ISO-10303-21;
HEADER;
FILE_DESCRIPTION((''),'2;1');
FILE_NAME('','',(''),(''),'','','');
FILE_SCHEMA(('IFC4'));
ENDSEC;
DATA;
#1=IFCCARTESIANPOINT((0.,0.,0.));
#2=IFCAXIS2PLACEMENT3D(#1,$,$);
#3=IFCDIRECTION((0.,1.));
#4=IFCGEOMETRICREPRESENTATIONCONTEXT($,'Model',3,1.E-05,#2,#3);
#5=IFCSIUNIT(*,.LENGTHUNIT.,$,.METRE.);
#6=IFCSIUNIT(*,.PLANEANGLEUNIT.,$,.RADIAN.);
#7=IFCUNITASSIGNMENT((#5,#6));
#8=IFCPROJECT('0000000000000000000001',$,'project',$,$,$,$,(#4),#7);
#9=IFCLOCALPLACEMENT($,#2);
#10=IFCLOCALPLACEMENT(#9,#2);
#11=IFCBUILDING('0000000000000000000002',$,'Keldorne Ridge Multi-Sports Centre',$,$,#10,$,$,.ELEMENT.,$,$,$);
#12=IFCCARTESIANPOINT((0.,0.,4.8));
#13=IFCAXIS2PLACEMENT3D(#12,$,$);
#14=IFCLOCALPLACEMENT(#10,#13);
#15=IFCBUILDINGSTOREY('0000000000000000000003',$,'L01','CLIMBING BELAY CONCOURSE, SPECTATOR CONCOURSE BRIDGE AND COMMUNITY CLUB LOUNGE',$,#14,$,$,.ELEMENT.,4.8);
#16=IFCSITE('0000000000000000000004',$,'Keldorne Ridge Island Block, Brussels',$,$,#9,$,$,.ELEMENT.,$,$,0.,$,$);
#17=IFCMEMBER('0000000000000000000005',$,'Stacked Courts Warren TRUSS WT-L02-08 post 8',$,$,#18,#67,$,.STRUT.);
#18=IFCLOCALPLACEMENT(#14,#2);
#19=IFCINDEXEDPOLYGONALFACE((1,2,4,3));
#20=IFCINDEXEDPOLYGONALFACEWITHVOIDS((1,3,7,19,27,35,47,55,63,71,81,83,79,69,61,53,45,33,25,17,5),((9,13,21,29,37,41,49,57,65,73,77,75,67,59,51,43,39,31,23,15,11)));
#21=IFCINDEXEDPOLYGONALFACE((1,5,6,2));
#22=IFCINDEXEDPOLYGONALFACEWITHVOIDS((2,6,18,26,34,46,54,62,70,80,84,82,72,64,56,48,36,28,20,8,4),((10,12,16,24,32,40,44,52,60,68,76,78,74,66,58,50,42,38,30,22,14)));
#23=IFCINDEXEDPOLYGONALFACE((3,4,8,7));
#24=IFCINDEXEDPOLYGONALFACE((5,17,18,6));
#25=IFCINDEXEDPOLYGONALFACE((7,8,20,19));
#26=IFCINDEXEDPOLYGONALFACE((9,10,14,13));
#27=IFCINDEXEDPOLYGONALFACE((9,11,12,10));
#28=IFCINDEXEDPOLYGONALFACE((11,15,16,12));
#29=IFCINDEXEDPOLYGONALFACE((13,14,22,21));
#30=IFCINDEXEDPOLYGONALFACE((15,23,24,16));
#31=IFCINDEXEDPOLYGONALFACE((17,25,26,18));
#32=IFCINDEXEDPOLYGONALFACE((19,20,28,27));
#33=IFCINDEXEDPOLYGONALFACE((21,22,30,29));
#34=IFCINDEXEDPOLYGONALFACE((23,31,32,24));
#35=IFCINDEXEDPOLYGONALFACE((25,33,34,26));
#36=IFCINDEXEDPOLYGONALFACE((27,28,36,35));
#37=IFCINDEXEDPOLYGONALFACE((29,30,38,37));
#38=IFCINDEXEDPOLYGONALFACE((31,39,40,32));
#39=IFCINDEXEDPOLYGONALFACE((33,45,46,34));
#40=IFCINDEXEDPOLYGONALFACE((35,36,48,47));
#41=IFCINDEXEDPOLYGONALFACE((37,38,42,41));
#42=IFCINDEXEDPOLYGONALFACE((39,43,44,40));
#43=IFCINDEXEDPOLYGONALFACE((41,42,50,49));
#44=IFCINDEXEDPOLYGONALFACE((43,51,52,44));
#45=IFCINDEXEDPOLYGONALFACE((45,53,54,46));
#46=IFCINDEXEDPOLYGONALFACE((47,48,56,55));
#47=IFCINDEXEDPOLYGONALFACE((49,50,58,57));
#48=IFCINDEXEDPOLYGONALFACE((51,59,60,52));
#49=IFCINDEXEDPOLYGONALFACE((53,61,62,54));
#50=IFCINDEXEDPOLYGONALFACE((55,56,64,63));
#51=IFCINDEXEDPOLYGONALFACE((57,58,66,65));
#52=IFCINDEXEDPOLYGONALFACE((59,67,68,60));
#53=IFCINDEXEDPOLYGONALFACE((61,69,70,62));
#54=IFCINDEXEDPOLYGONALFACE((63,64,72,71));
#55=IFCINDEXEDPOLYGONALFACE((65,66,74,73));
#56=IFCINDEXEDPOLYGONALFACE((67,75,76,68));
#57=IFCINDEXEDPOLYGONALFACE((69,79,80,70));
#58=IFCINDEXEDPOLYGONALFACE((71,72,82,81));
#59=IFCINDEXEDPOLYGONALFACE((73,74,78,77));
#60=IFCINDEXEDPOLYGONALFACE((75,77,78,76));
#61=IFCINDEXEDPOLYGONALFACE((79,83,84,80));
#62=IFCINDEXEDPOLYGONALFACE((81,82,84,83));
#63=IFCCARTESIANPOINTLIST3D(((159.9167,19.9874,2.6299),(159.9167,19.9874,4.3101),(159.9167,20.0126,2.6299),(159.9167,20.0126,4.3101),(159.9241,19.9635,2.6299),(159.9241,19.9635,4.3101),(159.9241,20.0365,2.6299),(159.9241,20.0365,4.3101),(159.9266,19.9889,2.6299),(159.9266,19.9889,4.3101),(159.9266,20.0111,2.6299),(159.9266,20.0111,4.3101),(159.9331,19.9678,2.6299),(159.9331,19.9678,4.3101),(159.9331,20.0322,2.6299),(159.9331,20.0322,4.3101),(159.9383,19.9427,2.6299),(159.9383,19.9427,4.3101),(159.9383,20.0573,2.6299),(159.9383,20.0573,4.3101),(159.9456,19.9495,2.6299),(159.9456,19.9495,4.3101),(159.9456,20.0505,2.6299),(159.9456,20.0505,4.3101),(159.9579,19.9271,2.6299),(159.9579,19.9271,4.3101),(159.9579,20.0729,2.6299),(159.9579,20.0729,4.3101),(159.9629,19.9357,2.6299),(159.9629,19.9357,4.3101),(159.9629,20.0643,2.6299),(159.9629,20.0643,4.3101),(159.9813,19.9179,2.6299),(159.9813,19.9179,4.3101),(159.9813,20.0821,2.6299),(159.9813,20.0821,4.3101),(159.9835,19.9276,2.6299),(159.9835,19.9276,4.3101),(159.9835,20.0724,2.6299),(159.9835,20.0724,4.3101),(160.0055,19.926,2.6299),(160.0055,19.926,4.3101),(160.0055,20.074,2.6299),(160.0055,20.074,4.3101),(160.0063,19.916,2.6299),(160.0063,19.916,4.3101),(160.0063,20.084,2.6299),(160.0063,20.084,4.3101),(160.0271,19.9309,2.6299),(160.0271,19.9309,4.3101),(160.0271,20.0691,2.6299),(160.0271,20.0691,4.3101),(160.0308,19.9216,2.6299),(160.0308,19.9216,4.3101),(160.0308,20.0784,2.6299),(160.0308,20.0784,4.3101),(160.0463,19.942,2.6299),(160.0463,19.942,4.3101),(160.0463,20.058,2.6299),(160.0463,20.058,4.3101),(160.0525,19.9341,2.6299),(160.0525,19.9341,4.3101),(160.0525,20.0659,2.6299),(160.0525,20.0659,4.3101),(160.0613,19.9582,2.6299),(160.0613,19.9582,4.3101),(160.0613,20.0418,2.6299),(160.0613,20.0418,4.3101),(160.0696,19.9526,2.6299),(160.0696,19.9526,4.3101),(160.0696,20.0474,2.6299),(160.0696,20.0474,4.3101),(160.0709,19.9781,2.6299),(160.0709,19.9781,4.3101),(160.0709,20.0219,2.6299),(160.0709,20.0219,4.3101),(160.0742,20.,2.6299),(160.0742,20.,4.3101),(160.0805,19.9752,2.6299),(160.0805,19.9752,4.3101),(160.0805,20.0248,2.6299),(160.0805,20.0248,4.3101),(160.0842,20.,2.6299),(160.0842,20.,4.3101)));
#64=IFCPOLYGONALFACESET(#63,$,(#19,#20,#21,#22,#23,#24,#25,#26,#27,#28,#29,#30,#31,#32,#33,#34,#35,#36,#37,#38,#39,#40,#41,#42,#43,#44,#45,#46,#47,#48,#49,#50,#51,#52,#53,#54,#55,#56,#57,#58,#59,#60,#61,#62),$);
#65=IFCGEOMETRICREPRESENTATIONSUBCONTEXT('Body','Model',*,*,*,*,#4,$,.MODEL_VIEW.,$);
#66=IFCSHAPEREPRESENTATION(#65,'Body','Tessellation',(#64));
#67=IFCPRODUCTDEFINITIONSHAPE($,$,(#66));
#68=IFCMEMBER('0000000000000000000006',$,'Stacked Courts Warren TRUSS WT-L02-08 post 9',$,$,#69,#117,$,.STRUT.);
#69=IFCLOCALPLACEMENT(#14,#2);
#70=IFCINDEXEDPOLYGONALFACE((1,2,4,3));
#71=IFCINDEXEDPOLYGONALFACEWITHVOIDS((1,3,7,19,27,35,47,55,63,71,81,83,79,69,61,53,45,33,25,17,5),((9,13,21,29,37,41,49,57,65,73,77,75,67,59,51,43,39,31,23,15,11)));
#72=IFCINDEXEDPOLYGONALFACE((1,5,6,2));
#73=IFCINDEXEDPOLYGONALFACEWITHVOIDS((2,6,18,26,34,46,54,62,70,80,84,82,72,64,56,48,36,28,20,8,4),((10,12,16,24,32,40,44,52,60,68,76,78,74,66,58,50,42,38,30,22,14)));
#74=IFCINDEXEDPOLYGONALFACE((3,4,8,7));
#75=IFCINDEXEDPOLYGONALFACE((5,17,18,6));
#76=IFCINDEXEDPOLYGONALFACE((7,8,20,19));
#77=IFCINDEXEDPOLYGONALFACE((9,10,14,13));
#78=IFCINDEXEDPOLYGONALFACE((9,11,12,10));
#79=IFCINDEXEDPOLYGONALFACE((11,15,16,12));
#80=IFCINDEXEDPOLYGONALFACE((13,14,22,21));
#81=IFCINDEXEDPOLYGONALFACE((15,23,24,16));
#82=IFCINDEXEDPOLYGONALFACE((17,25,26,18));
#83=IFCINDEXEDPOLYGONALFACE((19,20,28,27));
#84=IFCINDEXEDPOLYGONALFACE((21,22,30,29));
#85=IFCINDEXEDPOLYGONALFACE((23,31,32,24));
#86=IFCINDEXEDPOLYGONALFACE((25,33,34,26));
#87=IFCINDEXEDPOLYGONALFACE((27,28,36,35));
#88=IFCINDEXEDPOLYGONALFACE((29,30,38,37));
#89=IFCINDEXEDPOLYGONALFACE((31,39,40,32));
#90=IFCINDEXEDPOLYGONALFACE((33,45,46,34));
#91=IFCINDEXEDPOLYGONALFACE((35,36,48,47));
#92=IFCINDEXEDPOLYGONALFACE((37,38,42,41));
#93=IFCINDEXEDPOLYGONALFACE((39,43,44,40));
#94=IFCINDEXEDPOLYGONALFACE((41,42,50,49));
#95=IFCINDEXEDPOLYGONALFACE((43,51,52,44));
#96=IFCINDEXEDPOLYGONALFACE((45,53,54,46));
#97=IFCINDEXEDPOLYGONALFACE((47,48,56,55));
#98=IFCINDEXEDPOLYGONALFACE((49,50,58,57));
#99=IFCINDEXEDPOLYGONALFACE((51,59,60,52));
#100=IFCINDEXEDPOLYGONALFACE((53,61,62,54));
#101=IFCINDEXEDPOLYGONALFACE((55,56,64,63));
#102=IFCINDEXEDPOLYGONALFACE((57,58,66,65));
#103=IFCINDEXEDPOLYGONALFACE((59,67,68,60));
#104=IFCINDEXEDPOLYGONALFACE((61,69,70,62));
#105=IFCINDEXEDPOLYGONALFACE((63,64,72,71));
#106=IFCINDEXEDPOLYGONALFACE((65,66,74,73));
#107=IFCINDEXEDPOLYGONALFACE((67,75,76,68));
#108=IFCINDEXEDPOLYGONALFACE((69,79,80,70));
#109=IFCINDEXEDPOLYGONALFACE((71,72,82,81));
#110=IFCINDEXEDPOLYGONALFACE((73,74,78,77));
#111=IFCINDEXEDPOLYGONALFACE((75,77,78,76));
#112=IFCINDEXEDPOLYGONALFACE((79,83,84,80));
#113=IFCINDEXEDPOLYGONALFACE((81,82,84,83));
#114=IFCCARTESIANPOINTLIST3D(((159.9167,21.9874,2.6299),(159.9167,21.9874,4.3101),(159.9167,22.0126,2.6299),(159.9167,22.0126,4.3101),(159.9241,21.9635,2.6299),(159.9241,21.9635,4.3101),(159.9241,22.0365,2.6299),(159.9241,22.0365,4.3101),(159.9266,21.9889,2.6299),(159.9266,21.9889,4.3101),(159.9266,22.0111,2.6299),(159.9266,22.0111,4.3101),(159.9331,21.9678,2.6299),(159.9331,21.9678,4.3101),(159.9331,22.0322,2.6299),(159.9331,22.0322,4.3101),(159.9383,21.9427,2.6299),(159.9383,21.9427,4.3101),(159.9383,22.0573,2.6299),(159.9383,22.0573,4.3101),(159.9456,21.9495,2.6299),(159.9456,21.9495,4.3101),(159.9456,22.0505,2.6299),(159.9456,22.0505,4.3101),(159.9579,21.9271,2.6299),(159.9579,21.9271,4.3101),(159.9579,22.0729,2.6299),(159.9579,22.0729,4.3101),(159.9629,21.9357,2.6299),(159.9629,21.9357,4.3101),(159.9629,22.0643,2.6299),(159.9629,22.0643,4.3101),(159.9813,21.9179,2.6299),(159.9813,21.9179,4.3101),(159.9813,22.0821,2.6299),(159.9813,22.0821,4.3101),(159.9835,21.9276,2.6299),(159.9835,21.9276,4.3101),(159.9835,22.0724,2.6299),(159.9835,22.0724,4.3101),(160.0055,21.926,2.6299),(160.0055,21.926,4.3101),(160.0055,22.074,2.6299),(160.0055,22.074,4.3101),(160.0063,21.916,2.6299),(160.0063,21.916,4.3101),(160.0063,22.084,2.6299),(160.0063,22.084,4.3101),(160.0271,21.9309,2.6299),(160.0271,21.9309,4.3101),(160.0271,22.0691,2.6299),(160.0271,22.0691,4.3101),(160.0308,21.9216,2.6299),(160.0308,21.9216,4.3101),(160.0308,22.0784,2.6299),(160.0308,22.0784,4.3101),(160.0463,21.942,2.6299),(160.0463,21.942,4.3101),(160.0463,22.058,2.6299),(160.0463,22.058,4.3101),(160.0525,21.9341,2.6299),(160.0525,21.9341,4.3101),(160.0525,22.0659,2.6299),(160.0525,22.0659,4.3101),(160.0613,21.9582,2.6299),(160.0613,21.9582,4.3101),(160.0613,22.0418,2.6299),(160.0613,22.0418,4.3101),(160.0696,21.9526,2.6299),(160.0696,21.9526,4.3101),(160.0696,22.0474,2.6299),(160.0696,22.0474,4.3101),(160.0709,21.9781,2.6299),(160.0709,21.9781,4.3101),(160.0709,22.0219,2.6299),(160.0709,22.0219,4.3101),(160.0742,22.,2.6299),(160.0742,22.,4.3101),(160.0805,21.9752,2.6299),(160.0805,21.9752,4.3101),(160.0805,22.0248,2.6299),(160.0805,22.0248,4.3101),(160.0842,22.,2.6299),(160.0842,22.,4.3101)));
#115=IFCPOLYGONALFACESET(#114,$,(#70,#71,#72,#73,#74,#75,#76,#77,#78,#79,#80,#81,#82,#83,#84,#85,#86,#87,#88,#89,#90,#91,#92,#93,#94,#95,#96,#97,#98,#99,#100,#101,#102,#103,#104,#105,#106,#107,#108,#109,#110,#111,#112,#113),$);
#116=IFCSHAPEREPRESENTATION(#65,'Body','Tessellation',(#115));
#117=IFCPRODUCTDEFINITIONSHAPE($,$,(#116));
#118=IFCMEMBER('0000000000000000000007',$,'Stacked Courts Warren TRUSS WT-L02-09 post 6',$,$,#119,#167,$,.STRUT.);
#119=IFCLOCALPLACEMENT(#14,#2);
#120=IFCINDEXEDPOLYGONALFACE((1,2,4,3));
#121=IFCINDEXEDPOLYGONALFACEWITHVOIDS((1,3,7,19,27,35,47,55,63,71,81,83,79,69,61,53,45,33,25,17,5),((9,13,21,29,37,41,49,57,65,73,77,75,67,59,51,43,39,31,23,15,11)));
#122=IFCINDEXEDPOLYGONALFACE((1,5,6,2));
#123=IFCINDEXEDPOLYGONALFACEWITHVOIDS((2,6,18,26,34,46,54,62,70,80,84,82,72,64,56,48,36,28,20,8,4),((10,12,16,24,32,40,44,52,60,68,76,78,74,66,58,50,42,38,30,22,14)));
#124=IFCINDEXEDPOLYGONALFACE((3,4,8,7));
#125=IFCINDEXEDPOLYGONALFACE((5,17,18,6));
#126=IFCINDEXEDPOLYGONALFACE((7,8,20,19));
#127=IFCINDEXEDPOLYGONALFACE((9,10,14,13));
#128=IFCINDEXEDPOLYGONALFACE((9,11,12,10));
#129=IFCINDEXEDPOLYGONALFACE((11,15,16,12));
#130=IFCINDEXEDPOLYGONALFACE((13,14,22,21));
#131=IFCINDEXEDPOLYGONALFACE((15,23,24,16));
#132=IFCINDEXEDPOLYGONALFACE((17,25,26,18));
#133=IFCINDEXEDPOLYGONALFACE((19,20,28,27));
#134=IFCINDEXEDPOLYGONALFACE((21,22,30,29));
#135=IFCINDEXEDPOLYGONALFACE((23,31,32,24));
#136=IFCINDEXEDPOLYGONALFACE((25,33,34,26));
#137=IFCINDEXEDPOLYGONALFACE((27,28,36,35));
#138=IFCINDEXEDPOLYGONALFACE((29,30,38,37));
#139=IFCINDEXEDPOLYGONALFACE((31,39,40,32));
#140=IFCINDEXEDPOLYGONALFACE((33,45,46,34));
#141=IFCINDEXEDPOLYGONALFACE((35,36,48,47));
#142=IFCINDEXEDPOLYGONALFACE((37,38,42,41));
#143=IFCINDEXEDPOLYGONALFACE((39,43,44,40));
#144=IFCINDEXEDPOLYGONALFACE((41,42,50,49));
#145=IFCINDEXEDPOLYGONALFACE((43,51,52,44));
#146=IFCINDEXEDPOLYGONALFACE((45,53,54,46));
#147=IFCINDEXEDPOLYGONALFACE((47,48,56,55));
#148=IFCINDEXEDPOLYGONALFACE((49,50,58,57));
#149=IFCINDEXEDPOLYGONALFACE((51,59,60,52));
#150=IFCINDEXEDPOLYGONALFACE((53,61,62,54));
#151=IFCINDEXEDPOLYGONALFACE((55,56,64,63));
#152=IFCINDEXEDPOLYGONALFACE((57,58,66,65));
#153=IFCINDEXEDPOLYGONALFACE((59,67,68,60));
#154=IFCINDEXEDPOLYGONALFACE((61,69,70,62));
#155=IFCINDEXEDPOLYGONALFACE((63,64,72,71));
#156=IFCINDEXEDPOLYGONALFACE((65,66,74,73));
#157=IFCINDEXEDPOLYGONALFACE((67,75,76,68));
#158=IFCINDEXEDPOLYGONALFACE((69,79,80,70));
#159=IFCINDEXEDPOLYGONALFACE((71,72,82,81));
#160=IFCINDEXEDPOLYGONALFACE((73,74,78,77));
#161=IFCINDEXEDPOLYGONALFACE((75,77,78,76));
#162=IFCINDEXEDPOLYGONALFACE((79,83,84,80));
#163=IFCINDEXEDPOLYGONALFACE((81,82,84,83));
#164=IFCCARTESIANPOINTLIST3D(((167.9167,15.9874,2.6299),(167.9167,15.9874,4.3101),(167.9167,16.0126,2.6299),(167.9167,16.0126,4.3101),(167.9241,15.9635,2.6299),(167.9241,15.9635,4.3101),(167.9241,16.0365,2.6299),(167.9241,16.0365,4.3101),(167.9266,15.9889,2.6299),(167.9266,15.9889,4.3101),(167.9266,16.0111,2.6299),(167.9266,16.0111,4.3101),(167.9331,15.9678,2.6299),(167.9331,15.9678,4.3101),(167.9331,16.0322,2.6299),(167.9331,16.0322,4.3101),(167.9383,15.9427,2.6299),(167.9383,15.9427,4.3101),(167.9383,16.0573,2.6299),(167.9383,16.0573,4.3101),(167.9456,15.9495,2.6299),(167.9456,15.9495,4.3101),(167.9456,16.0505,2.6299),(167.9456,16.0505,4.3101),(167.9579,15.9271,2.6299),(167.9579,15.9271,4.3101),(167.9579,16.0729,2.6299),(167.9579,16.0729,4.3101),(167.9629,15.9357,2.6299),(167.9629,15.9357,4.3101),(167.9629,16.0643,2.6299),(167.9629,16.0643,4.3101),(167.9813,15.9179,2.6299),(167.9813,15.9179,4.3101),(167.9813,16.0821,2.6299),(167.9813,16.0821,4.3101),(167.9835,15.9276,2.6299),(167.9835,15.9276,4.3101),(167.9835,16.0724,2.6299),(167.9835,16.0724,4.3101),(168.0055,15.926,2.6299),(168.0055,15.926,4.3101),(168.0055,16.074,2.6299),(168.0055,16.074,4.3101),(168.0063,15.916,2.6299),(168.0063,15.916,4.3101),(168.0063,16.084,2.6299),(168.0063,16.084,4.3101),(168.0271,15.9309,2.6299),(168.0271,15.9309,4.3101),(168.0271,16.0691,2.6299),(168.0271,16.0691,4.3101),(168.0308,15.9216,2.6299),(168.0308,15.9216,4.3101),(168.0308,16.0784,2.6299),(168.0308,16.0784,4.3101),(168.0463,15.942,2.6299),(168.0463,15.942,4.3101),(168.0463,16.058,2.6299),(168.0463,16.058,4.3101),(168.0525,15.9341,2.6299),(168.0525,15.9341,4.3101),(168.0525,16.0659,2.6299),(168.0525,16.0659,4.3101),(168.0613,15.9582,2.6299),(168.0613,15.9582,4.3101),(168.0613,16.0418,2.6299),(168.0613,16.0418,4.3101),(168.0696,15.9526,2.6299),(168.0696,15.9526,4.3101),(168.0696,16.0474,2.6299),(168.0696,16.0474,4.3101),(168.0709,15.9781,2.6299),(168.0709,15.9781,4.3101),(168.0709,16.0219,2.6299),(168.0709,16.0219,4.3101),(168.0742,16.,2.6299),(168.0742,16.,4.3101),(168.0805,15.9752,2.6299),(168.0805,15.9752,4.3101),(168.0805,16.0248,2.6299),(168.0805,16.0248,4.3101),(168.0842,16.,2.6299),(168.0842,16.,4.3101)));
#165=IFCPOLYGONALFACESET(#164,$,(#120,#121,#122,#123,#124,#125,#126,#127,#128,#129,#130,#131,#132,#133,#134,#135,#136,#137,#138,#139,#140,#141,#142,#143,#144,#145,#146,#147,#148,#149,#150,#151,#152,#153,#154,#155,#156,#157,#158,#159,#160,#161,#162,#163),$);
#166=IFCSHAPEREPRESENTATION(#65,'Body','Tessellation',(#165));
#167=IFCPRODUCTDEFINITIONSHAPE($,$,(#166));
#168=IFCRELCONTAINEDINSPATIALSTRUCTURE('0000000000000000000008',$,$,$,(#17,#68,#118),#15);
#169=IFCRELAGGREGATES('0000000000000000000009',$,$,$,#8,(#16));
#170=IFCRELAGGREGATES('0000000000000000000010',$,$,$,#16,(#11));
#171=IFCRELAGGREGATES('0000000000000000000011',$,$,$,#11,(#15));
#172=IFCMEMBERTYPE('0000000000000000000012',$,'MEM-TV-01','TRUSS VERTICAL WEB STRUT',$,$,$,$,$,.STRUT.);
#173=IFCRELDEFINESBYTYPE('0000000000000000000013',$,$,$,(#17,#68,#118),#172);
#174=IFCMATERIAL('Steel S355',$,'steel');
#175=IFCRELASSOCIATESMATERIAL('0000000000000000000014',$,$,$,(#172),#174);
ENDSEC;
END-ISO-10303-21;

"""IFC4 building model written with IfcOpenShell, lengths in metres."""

from ifc_helpers import new_model, si_unit, direction, frame, origin, origin_2d, place, context, subcontext, project, spatial, hollow_circle, extrude, material, material_profile, profile_set, type_object, element, save


model = new_model("IFC4")

# Units and contexts
model_context = context("Model", 3, precision=1e-05, world=origin(), true_north=direction((0.0, 1.0)))
body_context = subcontext(model_context, "Body", "Model", "MODEL_VIEW")
ifc_project = project(units=[si_unit("LENGTHUNIT", "METRE"), si_unit("PLANEANGLEUNIT", "RADIAN")], contexts=[model_context])

# Site, building, storey
site_placement = place(None, origin())
site = spatial("IfcSite", under=ifc_project, at=site_placement, Name="Keldorne Ridge Island Block, Brussels", CompositionType="ELEMENT", RefElevation=0.0)
building_placement = place(site_placement, origin())
building = spatial("IfcBuilding", under=site, at=building_placement, Name="Keldorne Ridge Multi-Sports Centre", CompositionType="ELEMENT")
storey_placement = place(building_placement, frame((0.0, 0.0, 4.8)))
storey = spatial("IfcBuildingStorey", under=building, at=storey_placement, Name="L01", Description="CLIMBING BELAY CONCOURSE, SPECTATOR CONCOURSE BRIDGE AND COMMUNITY CLUB LOUNGE", CompositionType="ELEMENT", Elevation=4.8)

# Shared definitions
ifc_material_1 = material(Name="Steel S355", Category="steel")

# Members
ifc_material_profile_1 = material_profile(ifc_material_1, hollow_circle(Radius=0.0842, WallThickness=0.01, at=origin_2d()), Name="CHS 168.3x10")
ifc_profile_set_1 = profile_set([ifc_material_profile_1], Name="Steel S355")
member_type_1 = type_object("IfcMemberType", Name="MEM-TV-01", Description="TRUSS VERTICAL WEB STRUT", PredefinedType="STRUT", material=ifc_profile_set_1)
for number, where, z_axis, x_axis, name in (
    (1, (160.0, 20.0, 2.6299), (0.0, 0.0, 1.0), (1.0, 0.0, 0.0), "Stacked Courts Warren TRUSS WT-L02-08 post 8"),
    (2, (160.0, 22.0, 2.6299), (0.0, 0.0, 1.0), (1.0, 0.0, 0.0), "Stacked Courts Warren TRUSS WT-L02-08 post 9"),
    (3, (168.0, 16.0, 2.6299), (0.0, 0.0, 1.0), (1.0, 0.0, 0.0), "Stacked Courts Warren TRUSS WT-L02-09 post 6"),
):
    element("IfcMember", number, at=place(storey_placement, frame(where, z_axis=z_axis, x_axis=x_axis)), inside=storey, type_object=member_type_1, Name=name, PredefinedType="STRUT", context=body_context, shape_type="SweptSolid", body=[
        extrude(hollow_circle(Radius=0.0842, WallThickness=0.01, at=origin_2d()), origin(), (0.0, 0.0, 1.0), 1.6802),
    ])

save(model, "model.ifc")
